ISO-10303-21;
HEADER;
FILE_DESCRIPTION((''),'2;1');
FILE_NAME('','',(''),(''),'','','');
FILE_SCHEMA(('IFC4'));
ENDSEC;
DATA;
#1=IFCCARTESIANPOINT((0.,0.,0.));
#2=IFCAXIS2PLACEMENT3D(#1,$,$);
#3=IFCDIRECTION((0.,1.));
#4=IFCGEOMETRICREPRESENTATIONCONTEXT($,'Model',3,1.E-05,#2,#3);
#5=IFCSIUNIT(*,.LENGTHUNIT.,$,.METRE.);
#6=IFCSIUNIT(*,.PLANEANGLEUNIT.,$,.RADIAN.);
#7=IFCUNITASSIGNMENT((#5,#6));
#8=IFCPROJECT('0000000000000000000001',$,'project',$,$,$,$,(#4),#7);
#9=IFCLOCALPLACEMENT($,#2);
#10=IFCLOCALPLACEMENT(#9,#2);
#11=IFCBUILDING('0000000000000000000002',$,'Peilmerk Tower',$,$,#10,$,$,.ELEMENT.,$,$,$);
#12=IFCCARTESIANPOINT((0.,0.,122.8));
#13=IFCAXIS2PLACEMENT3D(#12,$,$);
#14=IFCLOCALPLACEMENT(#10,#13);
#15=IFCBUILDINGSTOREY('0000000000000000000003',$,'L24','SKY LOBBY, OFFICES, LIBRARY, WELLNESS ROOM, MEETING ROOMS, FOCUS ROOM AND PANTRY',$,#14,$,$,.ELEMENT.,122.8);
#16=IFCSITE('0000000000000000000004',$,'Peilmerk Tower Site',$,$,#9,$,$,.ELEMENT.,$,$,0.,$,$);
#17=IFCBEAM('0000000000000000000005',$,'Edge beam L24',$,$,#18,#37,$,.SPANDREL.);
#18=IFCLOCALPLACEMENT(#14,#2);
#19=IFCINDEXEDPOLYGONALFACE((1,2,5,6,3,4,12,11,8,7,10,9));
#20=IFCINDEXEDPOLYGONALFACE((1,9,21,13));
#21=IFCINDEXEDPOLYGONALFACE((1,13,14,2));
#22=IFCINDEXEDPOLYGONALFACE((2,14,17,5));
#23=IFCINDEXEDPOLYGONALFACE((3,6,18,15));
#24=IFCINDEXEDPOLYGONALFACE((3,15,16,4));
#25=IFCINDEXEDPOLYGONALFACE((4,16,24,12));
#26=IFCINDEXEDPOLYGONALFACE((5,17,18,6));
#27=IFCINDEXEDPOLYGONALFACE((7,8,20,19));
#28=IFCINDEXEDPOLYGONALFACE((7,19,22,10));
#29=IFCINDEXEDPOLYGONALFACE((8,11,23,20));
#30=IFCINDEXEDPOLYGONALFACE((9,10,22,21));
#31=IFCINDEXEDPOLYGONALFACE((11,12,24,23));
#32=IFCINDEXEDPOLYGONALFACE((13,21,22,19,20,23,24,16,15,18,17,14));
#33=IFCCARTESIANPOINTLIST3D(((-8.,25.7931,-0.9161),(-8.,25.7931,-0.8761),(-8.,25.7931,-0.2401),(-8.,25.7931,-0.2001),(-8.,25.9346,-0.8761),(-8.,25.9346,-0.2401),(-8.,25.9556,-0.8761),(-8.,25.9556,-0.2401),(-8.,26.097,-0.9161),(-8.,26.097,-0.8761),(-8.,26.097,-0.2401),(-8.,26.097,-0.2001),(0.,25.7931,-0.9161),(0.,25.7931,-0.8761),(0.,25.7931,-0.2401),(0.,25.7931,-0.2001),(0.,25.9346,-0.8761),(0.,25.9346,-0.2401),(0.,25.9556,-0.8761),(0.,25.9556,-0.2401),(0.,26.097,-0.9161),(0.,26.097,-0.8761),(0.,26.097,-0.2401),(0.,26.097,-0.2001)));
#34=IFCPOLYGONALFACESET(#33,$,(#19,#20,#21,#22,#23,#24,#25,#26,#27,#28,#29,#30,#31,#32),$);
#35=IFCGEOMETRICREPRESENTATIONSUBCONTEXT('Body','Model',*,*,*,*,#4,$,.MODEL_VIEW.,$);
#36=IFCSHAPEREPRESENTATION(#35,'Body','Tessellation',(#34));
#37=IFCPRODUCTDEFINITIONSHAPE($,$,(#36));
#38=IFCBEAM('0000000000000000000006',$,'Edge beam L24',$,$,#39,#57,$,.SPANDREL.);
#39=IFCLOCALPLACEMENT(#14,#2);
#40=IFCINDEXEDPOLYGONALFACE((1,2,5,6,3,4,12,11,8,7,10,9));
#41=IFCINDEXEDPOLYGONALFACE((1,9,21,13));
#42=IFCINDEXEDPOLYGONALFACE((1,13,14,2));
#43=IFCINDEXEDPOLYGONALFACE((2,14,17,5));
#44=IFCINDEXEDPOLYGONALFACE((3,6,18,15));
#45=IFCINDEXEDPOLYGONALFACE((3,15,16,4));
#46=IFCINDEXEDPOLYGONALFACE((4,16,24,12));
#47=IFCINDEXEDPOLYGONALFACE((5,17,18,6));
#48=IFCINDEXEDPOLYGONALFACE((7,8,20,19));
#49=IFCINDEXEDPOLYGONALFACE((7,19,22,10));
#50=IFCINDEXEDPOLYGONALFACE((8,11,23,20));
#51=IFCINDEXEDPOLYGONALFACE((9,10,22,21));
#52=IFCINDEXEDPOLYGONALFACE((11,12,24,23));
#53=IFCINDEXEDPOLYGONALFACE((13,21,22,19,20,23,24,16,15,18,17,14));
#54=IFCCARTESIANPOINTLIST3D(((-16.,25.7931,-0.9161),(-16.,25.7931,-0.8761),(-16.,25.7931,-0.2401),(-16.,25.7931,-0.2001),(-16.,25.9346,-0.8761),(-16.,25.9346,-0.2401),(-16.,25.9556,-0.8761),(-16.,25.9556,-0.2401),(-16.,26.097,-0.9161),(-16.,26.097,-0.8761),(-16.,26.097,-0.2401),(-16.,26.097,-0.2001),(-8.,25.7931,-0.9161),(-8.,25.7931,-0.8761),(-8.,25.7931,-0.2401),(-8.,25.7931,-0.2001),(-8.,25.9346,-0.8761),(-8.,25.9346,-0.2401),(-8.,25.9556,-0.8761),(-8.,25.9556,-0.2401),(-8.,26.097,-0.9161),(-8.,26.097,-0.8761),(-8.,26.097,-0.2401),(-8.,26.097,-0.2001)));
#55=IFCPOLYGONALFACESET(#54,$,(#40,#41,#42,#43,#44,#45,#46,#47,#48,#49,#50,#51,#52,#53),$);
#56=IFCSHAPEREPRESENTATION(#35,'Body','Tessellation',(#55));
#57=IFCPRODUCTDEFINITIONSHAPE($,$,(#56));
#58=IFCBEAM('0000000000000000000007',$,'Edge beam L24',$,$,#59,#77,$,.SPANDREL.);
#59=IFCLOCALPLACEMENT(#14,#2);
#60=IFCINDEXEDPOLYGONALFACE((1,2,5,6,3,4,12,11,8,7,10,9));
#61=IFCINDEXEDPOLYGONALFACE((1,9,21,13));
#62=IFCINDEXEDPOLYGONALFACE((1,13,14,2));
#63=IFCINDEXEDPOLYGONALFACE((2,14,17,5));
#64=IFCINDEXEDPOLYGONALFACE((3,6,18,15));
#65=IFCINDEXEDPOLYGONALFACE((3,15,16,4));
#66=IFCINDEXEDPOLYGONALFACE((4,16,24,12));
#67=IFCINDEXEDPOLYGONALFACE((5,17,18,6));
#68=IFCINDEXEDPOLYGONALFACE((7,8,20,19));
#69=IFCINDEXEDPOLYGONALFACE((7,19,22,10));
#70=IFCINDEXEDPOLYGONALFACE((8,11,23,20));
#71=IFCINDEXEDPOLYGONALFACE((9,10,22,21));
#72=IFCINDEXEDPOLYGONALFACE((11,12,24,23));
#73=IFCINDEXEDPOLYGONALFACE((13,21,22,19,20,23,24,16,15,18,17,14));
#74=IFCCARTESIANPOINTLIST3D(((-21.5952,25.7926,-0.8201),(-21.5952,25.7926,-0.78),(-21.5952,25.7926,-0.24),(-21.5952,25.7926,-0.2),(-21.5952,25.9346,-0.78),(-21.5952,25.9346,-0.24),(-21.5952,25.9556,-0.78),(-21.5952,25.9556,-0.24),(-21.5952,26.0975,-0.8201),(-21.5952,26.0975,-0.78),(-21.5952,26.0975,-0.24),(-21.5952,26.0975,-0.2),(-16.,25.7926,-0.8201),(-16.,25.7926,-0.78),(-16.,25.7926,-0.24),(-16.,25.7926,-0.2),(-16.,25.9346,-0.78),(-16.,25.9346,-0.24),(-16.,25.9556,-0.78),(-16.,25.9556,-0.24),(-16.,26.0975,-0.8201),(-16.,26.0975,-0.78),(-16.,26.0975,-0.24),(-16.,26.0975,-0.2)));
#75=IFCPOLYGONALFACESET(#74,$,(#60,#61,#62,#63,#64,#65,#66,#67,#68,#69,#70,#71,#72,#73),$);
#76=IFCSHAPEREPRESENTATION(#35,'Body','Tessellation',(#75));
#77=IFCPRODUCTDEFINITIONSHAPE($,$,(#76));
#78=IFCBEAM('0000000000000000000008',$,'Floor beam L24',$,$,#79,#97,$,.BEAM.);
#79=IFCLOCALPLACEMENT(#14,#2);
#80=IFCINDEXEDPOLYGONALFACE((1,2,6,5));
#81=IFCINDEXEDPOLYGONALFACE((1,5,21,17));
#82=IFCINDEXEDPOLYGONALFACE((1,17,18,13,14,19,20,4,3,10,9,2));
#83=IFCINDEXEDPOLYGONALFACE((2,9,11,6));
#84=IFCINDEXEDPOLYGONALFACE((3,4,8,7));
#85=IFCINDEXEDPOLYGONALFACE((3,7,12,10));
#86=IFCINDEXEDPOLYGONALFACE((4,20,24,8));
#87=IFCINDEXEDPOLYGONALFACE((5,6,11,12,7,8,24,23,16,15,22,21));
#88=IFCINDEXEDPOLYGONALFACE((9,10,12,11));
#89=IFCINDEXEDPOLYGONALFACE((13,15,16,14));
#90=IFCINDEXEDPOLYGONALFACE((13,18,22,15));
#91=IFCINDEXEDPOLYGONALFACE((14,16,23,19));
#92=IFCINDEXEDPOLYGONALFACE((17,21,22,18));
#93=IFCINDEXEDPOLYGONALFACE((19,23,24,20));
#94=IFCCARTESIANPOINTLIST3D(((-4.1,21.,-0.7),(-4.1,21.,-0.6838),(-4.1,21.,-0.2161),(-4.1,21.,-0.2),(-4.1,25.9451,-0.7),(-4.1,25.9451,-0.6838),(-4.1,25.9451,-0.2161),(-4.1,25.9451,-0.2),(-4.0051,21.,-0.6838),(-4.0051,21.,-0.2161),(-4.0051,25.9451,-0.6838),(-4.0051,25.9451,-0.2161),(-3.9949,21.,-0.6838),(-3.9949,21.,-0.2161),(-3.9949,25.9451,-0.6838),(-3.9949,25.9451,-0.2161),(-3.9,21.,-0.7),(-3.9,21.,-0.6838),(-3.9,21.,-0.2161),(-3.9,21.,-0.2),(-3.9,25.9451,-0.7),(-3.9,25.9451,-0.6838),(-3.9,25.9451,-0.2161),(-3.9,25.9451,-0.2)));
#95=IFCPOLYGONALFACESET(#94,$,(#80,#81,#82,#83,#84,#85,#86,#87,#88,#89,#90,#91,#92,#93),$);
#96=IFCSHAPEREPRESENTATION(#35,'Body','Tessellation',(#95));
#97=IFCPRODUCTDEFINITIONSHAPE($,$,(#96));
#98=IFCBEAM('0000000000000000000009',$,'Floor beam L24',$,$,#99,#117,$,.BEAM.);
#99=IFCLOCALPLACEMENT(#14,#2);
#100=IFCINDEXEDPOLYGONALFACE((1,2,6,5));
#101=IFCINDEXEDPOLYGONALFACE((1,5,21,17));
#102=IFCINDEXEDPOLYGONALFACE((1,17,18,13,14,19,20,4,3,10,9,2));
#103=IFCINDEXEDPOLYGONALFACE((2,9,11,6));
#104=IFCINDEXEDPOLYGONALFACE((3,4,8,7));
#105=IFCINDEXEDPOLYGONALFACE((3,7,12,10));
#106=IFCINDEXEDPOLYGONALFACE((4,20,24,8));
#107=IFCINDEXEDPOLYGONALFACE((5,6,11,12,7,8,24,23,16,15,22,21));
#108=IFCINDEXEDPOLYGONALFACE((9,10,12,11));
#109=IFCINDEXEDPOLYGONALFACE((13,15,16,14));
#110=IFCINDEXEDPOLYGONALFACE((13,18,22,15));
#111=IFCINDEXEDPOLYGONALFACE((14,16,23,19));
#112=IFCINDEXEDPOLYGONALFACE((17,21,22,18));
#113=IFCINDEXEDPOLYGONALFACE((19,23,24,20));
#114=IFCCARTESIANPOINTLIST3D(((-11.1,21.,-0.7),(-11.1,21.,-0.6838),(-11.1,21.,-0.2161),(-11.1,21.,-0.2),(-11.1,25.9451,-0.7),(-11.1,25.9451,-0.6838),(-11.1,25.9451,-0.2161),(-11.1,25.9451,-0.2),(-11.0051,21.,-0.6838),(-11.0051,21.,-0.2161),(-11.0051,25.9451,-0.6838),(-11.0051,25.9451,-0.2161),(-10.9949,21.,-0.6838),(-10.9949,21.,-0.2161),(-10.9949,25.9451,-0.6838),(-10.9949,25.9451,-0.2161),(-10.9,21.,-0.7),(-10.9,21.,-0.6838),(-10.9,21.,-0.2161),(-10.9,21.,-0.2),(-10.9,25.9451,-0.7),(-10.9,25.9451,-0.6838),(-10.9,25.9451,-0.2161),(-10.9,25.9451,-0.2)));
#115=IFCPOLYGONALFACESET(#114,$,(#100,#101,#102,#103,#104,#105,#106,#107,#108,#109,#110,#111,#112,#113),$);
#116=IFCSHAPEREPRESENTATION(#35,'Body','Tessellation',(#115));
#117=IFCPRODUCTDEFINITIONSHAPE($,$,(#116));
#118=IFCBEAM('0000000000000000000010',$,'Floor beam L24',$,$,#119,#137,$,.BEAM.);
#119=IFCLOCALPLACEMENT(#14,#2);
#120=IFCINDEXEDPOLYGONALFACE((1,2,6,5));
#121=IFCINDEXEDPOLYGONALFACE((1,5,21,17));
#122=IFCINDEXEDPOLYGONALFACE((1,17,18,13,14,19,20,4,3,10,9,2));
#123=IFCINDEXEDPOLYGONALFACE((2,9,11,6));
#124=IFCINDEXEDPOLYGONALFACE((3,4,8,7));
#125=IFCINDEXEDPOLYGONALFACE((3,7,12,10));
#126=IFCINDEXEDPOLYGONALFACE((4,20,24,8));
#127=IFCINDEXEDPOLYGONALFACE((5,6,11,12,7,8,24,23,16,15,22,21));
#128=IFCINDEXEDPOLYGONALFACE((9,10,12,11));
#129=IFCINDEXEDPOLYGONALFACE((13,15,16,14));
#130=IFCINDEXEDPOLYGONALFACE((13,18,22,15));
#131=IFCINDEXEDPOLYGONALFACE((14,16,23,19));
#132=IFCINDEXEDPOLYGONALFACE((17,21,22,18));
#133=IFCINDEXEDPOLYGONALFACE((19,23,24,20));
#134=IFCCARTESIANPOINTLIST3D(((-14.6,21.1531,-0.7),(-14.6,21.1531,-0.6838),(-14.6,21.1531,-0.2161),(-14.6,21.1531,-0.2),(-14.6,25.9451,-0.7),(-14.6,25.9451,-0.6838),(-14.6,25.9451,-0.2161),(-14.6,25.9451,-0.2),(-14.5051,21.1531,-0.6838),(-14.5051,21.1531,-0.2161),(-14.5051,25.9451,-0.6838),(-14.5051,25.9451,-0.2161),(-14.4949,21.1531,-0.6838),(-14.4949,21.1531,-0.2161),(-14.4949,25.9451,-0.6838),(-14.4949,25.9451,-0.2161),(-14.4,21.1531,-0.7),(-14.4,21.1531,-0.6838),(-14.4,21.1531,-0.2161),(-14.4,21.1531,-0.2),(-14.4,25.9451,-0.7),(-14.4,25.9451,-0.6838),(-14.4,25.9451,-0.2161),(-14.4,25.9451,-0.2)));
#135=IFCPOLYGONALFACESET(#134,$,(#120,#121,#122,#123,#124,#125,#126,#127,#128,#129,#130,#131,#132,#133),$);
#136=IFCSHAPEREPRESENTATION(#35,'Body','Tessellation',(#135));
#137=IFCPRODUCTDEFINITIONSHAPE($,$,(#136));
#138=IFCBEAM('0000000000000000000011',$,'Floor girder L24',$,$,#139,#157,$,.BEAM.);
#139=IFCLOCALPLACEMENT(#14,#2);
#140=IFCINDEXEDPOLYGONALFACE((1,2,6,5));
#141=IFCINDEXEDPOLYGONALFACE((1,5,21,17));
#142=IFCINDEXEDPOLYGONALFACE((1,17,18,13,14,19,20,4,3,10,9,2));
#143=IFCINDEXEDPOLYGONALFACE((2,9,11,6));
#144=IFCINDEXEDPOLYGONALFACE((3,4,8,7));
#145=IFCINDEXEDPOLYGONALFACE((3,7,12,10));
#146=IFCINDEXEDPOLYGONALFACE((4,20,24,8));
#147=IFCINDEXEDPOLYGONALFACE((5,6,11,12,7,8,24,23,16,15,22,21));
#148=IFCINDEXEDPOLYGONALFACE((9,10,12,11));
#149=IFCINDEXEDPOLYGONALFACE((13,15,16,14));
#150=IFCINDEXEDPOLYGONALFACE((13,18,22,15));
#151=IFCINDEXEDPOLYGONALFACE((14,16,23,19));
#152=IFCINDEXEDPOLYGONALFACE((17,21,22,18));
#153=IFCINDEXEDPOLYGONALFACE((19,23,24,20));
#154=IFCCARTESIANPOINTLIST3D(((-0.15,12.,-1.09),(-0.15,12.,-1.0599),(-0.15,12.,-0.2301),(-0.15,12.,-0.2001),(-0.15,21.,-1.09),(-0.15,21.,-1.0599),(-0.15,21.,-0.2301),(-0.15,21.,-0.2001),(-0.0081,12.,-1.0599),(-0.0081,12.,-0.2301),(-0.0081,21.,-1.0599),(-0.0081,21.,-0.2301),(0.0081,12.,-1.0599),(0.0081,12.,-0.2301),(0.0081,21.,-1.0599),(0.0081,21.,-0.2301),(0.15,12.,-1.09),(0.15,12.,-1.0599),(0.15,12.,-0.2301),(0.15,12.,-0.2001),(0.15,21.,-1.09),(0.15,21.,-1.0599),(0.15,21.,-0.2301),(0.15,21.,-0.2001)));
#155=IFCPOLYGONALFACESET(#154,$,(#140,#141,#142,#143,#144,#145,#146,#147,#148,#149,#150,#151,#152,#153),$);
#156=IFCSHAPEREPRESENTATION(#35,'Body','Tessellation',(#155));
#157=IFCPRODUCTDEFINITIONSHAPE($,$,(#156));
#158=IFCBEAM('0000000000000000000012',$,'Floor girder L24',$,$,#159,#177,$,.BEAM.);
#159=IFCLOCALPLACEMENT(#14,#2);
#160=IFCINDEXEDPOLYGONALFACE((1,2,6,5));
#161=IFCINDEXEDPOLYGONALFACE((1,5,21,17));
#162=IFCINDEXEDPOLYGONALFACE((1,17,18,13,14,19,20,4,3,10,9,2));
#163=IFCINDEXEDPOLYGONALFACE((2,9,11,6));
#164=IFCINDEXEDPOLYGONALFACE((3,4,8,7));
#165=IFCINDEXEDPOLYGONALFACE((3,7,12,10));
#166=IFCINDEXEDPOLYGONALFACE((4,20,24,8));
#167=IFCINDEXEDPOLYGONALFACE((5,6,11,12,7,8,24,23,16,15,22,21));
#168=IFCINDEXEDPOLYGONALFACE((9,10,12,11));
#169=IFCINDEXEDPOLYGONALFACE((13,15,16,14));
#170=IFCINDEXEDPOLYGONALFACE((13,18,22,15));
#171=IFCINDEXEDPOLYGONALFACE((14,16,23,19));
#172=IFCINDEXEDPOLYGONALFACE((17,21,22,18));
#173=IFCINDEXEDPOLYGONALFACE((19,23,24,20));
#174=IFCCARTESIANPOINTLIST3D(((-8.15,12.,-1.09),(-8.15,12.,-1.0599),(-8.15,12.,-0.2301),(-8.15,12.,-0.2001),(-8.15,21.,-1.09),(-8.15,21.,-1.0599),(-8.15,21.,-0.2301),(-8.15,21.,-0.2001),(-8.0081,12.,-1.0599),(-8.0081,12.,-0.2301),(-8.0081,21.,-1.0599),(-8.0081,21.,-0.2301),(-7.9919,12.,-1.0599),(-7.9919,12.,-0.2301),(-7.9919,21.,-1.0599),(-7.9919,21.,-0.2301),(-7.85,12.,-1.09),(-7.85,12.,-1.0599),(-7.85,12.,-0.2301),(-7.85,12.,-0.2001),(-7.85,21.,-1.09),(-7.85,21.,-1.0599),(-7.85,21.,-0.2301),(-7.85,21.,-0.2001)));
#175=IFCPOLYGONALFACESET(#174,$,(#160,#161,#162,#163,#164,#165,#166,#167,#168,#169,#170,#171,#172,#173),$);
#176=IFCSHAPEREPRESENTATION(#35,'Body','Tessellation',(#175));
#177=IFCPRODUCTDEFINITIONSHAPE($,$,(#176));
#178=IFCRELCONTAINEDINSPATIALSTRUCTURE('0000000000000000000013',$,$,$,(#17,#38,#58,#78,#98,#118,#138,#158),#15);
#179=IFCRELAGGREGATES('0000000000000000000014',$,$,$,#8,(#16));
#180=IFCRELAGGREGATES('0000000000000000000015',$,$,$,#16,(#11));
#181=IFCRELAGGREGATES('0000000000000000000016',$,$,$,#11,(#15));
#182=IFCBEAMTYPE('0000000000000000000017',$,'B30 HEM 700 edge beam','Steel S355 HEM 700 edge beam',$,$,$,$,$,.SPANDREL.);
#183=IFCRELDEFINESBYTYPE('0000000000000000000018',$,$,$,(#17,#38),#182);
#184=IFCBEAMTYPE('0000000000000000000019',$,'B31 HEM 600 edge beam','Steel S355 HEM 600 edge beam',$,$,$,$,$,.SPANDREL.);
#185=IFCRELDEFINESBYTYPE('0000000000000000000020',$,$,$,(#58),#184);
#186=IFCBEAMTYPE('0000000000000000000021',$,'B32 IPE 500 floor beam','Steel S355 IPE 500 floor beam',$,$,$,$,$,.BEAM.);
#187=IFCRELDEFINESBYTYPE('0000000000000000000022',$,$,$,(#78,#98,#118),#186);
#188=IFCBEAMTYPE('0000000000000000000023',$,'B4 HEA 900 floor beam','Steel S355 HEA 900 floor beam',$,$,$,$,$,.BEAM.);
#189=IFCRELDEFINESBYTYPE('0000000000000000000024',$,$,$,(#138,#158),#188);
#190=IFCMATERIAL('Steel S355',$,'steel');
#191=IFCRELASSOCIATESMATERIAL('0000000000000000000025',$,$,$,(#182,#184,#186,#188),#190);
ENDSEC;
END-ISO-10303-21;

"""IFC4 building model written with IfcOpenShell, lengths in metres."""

from ifc_helpers import new_model, si_unit, direction, frame, origin, origin_2d, place, context, subcontext, project, spatial, i_section, extrude, material, material_profile, profile_set, type_object, element, save


model = new_model("IFC4")

# Units and contexts
model_context = context("Model", 3, precision=1e-05, world=origin(), true_north=direction((0.0, 1.0)))
body_context = subcontext(model_context, "Body", "Model", "MODEL_VIEW")
ifc_project = project(units=[si_unit("LENGTHUNIT", "METRE"), si_unit("PLANEANGLEUNIT", "RADIAN")], contexts=[model_context])

# Site, building, storey
site_placement = place(None, origin())
site = spatial("IfcSite", under=ifc_project, at=site_placement, Name="Peilmerk Tower Site", CompositionType="ELEMENT", RefElevation=0.0)
building_placement = place(site_placement, origin())
building = spatial("IfcBuilding", under=site, at=building_placement, Name="Peilmerk Tower", CompositionType="ELEMENT")
storey_placement = place(building_placement, frame((0.0, 0.0, 122.8)))
storey = spatial("IfcBuildingStorey", under=building, at=storey_placement, Name="L24", Description="SKY LOBBY, OFFICES, LIBRARY, WELLNESS ROOM, MEETING ROOMS, FOCUS ROOM AND PANTRY", CompositionType="ELEMENT", Elevation=122.8)

# Beams
ifc_material_1 = material(Name="Steel S355", Category="steel")
ifc_material_profile_1 = material_profile(ifc_material_1, i_section(OverallWidth=0.304, OverallDepth=0.7161, WebThickness=0.021, FlangeThickness=0.04, at=origin_2d()), Name="HEM 700")
ifc_profile_set_1 = profile_set([ifc_material_profile_1], Name="Steel S355")
beam_type_1 = type_object("IfcBeamType", Name="B30 HEM 700 edge beam", Description="Steel S355 HEM 700 edge beam", PredefinedType="SPANDREL", material=ifc_profile_set_1)
for number, where, z_axis, x_axis, name in (
    (1, (0.0, 25.9451, -0.5581), (-1.0, 0.0, 0.0), (0.0, -1.0, 0.0), "Edge beam L24"),
    (2, (-8.0, 25.9451, -0.5581), (-1.0, 0.0, 0.0), (0.0, -1.0, 0.0), "Edge beam L24"),
):
    element("IfcBeam", number, at=place(storey_placement, frame(where, z_axis=z_axis, x_axis=x_axis)), inside=storey, type_object=beam_type_1, Name=name, PredefinedType="SPANDREL", context=body_context, shape_type="SweptSolid", body=[
        extrude(i_section(OverallWidth=0.304, OverallDepth=0.7161, WebThickness=0.021, FlangeThickness=0.04, at=origin_2d()), origin(), (0.0, 0.0, 1.0), 8.0),
    ])
ifc_material_profile_2 = material_profile(ifc_material_1, i_section(OverallWidth=0.3049, OverallDepth=0.6201, WebThickness=0.021, FlangeThickness=0.04, at=origin_2d()), Name="HEM 600")
ifc_profile_set_2 = profile_set([ifc_material_profile_2], Name="Steel S355")
beam_type_2 = type_object("IfcBeamType", Name="B31 HEM 600 edge beam", Description="Steel S355 HEM 600 edge beam", PredefinedType="SPANDREL", material=ifc_profile_set_2)
beam_1_placement = place(storey_placement, frame((-16.0, 25.9451, -0.51), z_axis=(-1.0, 0.0, 0.0), x_axis=(0.0, -1.0, 0.0)))
element("IfcBeam", 3, at=beam_1_placement, inside=storey, type_object=beam_type_2, Name="Edge beam L24", PredefinedType="SPANDREL", context=body_context, shape_type="SweptSolid", body=[
    extrude(i_section(OverallWidth=0.3049, OverallDepth=0.6201, WebThickness=0.021, FlangeThickness=0.04, at=origin_2d()), origin(), (0.0, 0.0, 1.0), 5.5952),
])
ifc_material_profile_3 = material_profile(ifc_material_1, i_section(OverallWidth=0.2, OverallDepth=0.5, WebThickness=0.0103, FlangeThickness=0.0161, at=origin_2d()), Name="IPE 500")
ifc_profile_set_3 = profile_set([ifc_material_profile_3], Name="Steel S355")
beam_type_3 = type_object("IfcBeamType", Name="B32 IPE 500 floor beam", Description="Steel S355 IPE 500 floor beam", PredefinedType="BEAM", material=ifc_profile_set_3)
for number, where, z_axis, x_axis, name in (
    (4, (-4.0, 21.0, -0.45), (0.0, 1.0, 0.0), (-1.0, 0.0, 0.0), "Floor beam L24"),
    (5, (-11.0, 21.0, -0.45), (0.0, 1.0, 0.0), (-1.0, 0.0, 0.0), "Floor beam L24"),
):
    element("IfcBeam", number, at=place(storey_placement, frame(where, z_axis=z_axis, x_axis=x_axis)), inside=storey, type_object=beam_type_3, Name=name, PredefinedType="BEAM", context=body_context, shape_type="SweptSolid", body=[
        extrude(i_section(OverallWidth=0.2, OverallDepth=0.5, WebThickness=0.0103, FlangeThickness=0.0161, at=origin_2d()), origin(), (0.0, 0.0, 1.0), 4.9451),
    ])
beam_2_placement = place(storey_placement, frame((-14.5, 21.1531, -0.45), z_axis=(0.0, 1.0, 0.0), x_axis=(-1.0, 0.0, 0.0)))
element("IfcBeam", 6, at=beam_2_placement, inside=storey, type_object=beam_type_3, Name="Floor beam L24", PredefinedType="BEAM", context=body_context, shape_type="SweptSolid", body=[
    extrude(i_section(OverallWidth=0.2, OverallDepth=0.5, WebThickness=0.0103, FlangeThickness=0.0161, at=origin_2d()), origin(), (0.0, 0.0, 1.0), 4.792),
])
ifc_material_profile_4 = material_profile(ifc_material_1, i_section(OverallWidth=0.3, OverallDepth=0.8899, WebThickness=0.0161, FlangeThickness=0.03, at=origin_2d()), Name="HEA 900")
ifc_profile_set_4 = profile_set([ifc_material_profile_4], Name="Steel S355")
beam_type_4 = type_object("IfcBeamType", Name="B4 HEA 900 floor beam", Description="Steel S355 HEA 900 floor beam", PredefinedType="BEAM", material=ifc_profile_set_4)
for number, where, z_axis, x_axis, name in (
    (7, (0.0, 12.0, -0.645), (0.0, 1.0, 0.0), (-1.0, 0.0, 0.0), "Floor girder L24"),
    (8, (-8.0, 12.0, -0.645), (0.0, 1.0, 0.0), (-1.0, 0.0, 0.0), "Floor girder L24"),
):
    element("IfcBeam", number, at=place(storey_placement, frame(where, z_axis=z_axis, x_axis=x_axis)), inside=storey, type_object=beam_type_4, Name=name, PredefinedType="BEAM", context=body_context, shape_type="SweptSolid", body=[
        extrude(i_section(OverallWidth=0.3, OverallDepth=0.8899, WebThickness=0.0161, FlangeThickness=0.03, at=origin_2d()), origin(), (0.0, 0.0, 1.0), 9.0),
    ])

save(model, "model.ifc")
